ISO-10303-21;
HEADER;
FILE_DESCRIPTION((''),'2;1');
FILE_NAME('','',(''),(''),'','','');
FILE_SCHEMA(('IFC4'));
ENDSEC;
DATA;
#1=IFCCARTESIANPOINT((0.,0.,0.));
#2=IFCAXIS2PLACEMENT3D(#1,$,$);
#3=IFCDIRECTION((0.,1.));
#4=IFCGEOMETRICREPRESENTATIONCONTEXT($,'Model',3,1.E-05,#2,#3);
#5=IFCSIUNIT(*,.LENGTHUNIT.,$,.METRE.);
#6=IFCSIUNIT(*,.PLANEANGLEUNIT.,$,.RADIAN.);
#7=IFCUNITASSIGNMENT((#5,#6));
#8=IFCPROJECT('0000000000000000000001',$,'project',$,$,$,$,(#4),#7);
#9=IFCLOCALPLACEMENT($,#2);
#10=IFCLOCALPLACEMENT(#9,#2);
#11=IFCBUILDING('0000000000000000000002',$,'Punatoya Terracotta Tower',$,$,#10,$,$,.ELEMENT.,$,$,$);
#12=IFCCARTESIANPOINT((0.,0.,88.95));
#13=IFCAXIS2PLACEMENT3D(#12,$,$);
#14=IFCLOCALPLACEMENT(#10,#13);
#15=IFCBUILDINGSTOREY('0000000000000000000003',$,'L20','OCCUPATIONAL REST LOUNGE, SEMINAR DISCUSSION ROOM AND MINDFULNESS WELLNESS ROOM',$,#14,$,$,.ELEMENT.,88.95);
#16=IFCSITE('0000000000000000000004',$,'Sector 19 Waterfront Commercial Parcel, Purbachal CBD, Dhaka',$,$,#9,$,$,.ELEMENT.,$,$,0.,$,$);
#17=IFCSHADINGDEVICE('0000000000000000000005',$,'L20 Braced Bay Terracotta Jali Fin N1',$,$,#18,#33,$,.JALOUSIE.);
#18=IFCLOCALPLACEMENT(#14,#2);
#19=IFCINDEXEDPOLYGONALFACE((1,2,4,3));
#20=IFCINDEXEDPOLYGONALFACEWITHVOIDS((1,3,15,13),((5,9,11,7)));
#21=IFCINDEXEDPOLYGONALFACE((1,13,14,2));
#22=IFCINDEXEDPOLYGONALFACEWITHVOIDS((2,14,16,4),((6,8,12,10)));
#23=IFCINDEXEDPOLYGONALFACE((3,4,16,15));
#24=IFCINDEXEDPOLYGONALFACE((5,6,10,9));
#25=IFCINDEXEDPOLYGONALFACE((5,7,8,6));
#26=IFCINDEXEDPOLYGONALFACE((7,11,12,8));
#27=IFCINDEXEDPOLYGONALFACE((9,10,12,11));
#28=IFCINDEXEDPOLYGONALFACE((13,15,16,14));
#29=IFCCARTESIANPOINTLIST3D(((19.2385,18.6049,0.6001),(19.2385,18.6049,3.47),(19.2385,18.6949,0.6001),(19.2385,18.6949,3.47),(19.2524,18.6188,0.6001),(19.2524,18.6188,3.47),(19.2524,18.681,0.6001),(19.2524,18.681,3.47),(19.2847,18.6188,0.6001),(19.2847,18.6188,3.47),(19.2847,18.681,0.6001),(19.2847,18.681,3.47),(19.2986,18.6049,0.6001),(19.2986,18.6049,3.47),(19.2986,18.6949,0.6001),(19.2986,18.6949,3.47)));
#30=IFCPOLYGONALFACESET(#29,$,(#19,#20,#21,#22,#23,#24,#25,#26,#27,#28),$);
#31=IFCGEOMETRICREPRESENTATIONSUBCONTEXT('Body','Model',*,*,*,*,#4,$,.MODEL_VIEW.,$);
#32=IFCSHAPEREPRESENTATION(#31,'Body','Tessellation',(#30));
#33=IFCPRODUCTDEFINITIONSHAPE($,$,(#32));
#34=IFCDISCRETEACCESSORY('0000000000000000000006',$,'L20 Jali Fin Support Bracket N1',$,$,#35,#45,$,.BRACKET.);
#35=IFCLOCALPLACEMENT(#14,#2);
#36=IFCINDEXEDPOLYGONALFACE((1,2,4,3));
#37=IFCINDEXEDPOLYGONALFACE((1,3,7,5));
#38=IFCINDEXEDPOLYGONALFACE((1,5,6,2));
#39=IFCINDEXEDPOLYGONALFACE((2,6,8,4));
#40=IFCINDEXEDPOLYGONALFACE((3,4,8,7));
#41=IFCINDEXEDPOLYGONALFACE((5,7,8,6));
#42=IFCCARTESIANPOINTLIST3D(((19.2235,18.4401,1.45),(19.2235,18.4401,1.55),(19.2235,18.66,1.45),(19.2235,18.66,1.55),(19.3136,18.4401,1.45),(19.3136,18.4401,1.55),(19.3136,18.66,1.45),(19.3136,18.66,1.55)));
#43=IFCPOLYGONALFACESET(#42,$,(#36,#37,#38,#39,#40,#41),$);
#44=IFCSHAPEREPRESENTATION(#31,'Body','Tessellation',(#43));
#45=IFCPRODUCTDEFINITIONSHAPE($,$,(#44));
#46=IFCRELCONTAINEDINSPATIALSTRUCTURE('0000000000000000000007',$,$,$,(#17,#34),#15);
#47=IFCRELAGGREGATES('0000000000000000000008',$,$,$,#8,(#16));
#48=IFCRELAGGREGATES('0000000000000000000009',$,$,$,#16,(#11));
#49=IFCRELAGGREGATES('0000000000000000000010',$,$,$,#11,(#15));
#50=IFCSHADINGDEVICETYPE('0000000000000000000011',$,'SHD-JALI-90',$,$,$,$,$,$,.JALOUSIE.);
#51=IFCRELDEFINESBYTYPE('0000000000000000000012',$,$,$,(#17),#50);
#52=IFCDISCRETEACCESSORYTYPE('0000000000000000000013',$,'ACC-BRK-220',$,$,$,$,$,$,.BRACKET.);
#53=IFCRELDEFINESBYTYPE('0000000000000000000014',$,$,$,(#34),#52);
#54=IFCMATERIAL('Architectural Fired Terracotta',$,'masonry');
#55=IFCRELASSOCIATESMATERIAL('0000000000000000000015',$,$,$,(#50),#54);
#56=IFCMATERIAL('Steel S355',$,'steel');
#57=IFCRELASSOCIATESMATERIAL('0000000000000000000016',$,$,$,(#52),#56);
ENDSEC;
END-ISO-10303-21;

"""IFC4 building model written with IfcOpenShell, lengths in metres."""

from ifc_helpers import new_model, si_unit, direction, frame, origin, origin_2d, place, context, subcontext, project, spatial, rectangle, hollow_rectangle, extrude, material, material_profile, profile_set, type_object, element, save


model = new_model("IFC4")

# Units and contexts
model_context = context("Model", 3, precision=1e-05, world=origin(), true_north=direction((0.0, 1.0)))
body_context = subcontext(model_context, "Body", "Model", "MODEL_VIEW")
ifc_project = project(units=[si_unit("LENGTHUNIT", "METRE"), si_unit("PLANEANGLEUNIT", "RADIAN")], contexts=[model_context])

# Site, building, storey
site_placement = place(None, origin())
site = spatial("IfcSite", under=ifc_project, at=site_placement, Name="Sector 19 Waterfront Commercial Parcel, Purbachal CBD, Dhaka", CompositionType="ELEMENT", RefElevation=0.0)
building_placement = place(site_placement, origin())
building = spatial("IfcBuilding", under=site, at=building_placement, Name="Punatoya Terracotta Tower", CompositionType="ELEMENT")
storey_placement = place(building_placement, frame((0.0, 0.0, 88.95)))
storey = spatial("IfcBuildingStorey", under=building, at=storey_placement, Name="L20", Description="OCCUPATIONAL REST LOUNGE, SEMINAR DISCUSSION ROOM AND MINDFULNESS WELLNESS ROOM", CompositionType="ELEMENT", Elevation=88.95)

# Shading device
ifc_material_1 = material(Name="Architectural Fired Terracotta", Category="masonry")
ifc_material_profile_1 = material_profile(ifc_material_1, hollow_rectangle(XDim=0.0601, YDim=0.0901, WallThickness=0.0139, at=origin_2d()))
ifc_profile_set_1 = profile_set([ifc_material_profile_1], Name="Architectural Fired Terracotta")
shading_device_type = type_object("IfcShadingDeviceType", Name="SHD-JALI-90", PredefinedType="JALOUSIE", material=ifc_profile_set_1)
for number, where, z_axis, x_axis, name in (
    (1, (19.2686, 18.6499, 0.6001), (0.0, 0.0, 1.0), (1.0, 0.0, 0.0), "L20 Braced Bay Terracotta Jali Fin N1"),
):
    element("IfcShadingDevice", number, at=place(storey_placement, frame(where, z_axis=z_axis, x_axis=x_axis)), inside=storey, type_object=shading_device_type, Name=name, PredefinedType="JALOUSIE", context=body_context, shape_type="SweptSolid", body=[
        extrude(hollow_rectangle(XDim=0.0601, YDim=0.0901, WallThickness=0.0139, at=origin_2d()), origin(), (0.0, 0.0, 1.0), 2.8699),
    ])

# Discrete accessory
ifc_material_2 = material(Name="Steel S355", Category="steel")
discrete_accessory_type = type_object("IfcDiscreteAccessoryType", Name="ACC-BRK-220", PredefinedType="BRACKET", material=ifc_material_2)
discrete_accessory_placement = place(storey_placement, frame((19.2686, 18.55, 1.45), z_axis=(0.0, 0.0, 1.0), x_axis=(-1.0, 0.0, 0.0)))
element("IfcDiscreteAccessory", 2, at=discrete_accessory_placement, inside=storey, type_object=discrete_accessory_type, Name="L20 Jali Fin Support Bracket N1", PredefinedType="BRACKET", context=body_context, shape_type="SweptSolid", body=[
    extrude(rectangle(XDim=0.0901, YDim=0.22, at=origin_2d()), origin(), (0.0, 0.0, 1.0), 0.1001),
])

save(model, "model.ifc")
